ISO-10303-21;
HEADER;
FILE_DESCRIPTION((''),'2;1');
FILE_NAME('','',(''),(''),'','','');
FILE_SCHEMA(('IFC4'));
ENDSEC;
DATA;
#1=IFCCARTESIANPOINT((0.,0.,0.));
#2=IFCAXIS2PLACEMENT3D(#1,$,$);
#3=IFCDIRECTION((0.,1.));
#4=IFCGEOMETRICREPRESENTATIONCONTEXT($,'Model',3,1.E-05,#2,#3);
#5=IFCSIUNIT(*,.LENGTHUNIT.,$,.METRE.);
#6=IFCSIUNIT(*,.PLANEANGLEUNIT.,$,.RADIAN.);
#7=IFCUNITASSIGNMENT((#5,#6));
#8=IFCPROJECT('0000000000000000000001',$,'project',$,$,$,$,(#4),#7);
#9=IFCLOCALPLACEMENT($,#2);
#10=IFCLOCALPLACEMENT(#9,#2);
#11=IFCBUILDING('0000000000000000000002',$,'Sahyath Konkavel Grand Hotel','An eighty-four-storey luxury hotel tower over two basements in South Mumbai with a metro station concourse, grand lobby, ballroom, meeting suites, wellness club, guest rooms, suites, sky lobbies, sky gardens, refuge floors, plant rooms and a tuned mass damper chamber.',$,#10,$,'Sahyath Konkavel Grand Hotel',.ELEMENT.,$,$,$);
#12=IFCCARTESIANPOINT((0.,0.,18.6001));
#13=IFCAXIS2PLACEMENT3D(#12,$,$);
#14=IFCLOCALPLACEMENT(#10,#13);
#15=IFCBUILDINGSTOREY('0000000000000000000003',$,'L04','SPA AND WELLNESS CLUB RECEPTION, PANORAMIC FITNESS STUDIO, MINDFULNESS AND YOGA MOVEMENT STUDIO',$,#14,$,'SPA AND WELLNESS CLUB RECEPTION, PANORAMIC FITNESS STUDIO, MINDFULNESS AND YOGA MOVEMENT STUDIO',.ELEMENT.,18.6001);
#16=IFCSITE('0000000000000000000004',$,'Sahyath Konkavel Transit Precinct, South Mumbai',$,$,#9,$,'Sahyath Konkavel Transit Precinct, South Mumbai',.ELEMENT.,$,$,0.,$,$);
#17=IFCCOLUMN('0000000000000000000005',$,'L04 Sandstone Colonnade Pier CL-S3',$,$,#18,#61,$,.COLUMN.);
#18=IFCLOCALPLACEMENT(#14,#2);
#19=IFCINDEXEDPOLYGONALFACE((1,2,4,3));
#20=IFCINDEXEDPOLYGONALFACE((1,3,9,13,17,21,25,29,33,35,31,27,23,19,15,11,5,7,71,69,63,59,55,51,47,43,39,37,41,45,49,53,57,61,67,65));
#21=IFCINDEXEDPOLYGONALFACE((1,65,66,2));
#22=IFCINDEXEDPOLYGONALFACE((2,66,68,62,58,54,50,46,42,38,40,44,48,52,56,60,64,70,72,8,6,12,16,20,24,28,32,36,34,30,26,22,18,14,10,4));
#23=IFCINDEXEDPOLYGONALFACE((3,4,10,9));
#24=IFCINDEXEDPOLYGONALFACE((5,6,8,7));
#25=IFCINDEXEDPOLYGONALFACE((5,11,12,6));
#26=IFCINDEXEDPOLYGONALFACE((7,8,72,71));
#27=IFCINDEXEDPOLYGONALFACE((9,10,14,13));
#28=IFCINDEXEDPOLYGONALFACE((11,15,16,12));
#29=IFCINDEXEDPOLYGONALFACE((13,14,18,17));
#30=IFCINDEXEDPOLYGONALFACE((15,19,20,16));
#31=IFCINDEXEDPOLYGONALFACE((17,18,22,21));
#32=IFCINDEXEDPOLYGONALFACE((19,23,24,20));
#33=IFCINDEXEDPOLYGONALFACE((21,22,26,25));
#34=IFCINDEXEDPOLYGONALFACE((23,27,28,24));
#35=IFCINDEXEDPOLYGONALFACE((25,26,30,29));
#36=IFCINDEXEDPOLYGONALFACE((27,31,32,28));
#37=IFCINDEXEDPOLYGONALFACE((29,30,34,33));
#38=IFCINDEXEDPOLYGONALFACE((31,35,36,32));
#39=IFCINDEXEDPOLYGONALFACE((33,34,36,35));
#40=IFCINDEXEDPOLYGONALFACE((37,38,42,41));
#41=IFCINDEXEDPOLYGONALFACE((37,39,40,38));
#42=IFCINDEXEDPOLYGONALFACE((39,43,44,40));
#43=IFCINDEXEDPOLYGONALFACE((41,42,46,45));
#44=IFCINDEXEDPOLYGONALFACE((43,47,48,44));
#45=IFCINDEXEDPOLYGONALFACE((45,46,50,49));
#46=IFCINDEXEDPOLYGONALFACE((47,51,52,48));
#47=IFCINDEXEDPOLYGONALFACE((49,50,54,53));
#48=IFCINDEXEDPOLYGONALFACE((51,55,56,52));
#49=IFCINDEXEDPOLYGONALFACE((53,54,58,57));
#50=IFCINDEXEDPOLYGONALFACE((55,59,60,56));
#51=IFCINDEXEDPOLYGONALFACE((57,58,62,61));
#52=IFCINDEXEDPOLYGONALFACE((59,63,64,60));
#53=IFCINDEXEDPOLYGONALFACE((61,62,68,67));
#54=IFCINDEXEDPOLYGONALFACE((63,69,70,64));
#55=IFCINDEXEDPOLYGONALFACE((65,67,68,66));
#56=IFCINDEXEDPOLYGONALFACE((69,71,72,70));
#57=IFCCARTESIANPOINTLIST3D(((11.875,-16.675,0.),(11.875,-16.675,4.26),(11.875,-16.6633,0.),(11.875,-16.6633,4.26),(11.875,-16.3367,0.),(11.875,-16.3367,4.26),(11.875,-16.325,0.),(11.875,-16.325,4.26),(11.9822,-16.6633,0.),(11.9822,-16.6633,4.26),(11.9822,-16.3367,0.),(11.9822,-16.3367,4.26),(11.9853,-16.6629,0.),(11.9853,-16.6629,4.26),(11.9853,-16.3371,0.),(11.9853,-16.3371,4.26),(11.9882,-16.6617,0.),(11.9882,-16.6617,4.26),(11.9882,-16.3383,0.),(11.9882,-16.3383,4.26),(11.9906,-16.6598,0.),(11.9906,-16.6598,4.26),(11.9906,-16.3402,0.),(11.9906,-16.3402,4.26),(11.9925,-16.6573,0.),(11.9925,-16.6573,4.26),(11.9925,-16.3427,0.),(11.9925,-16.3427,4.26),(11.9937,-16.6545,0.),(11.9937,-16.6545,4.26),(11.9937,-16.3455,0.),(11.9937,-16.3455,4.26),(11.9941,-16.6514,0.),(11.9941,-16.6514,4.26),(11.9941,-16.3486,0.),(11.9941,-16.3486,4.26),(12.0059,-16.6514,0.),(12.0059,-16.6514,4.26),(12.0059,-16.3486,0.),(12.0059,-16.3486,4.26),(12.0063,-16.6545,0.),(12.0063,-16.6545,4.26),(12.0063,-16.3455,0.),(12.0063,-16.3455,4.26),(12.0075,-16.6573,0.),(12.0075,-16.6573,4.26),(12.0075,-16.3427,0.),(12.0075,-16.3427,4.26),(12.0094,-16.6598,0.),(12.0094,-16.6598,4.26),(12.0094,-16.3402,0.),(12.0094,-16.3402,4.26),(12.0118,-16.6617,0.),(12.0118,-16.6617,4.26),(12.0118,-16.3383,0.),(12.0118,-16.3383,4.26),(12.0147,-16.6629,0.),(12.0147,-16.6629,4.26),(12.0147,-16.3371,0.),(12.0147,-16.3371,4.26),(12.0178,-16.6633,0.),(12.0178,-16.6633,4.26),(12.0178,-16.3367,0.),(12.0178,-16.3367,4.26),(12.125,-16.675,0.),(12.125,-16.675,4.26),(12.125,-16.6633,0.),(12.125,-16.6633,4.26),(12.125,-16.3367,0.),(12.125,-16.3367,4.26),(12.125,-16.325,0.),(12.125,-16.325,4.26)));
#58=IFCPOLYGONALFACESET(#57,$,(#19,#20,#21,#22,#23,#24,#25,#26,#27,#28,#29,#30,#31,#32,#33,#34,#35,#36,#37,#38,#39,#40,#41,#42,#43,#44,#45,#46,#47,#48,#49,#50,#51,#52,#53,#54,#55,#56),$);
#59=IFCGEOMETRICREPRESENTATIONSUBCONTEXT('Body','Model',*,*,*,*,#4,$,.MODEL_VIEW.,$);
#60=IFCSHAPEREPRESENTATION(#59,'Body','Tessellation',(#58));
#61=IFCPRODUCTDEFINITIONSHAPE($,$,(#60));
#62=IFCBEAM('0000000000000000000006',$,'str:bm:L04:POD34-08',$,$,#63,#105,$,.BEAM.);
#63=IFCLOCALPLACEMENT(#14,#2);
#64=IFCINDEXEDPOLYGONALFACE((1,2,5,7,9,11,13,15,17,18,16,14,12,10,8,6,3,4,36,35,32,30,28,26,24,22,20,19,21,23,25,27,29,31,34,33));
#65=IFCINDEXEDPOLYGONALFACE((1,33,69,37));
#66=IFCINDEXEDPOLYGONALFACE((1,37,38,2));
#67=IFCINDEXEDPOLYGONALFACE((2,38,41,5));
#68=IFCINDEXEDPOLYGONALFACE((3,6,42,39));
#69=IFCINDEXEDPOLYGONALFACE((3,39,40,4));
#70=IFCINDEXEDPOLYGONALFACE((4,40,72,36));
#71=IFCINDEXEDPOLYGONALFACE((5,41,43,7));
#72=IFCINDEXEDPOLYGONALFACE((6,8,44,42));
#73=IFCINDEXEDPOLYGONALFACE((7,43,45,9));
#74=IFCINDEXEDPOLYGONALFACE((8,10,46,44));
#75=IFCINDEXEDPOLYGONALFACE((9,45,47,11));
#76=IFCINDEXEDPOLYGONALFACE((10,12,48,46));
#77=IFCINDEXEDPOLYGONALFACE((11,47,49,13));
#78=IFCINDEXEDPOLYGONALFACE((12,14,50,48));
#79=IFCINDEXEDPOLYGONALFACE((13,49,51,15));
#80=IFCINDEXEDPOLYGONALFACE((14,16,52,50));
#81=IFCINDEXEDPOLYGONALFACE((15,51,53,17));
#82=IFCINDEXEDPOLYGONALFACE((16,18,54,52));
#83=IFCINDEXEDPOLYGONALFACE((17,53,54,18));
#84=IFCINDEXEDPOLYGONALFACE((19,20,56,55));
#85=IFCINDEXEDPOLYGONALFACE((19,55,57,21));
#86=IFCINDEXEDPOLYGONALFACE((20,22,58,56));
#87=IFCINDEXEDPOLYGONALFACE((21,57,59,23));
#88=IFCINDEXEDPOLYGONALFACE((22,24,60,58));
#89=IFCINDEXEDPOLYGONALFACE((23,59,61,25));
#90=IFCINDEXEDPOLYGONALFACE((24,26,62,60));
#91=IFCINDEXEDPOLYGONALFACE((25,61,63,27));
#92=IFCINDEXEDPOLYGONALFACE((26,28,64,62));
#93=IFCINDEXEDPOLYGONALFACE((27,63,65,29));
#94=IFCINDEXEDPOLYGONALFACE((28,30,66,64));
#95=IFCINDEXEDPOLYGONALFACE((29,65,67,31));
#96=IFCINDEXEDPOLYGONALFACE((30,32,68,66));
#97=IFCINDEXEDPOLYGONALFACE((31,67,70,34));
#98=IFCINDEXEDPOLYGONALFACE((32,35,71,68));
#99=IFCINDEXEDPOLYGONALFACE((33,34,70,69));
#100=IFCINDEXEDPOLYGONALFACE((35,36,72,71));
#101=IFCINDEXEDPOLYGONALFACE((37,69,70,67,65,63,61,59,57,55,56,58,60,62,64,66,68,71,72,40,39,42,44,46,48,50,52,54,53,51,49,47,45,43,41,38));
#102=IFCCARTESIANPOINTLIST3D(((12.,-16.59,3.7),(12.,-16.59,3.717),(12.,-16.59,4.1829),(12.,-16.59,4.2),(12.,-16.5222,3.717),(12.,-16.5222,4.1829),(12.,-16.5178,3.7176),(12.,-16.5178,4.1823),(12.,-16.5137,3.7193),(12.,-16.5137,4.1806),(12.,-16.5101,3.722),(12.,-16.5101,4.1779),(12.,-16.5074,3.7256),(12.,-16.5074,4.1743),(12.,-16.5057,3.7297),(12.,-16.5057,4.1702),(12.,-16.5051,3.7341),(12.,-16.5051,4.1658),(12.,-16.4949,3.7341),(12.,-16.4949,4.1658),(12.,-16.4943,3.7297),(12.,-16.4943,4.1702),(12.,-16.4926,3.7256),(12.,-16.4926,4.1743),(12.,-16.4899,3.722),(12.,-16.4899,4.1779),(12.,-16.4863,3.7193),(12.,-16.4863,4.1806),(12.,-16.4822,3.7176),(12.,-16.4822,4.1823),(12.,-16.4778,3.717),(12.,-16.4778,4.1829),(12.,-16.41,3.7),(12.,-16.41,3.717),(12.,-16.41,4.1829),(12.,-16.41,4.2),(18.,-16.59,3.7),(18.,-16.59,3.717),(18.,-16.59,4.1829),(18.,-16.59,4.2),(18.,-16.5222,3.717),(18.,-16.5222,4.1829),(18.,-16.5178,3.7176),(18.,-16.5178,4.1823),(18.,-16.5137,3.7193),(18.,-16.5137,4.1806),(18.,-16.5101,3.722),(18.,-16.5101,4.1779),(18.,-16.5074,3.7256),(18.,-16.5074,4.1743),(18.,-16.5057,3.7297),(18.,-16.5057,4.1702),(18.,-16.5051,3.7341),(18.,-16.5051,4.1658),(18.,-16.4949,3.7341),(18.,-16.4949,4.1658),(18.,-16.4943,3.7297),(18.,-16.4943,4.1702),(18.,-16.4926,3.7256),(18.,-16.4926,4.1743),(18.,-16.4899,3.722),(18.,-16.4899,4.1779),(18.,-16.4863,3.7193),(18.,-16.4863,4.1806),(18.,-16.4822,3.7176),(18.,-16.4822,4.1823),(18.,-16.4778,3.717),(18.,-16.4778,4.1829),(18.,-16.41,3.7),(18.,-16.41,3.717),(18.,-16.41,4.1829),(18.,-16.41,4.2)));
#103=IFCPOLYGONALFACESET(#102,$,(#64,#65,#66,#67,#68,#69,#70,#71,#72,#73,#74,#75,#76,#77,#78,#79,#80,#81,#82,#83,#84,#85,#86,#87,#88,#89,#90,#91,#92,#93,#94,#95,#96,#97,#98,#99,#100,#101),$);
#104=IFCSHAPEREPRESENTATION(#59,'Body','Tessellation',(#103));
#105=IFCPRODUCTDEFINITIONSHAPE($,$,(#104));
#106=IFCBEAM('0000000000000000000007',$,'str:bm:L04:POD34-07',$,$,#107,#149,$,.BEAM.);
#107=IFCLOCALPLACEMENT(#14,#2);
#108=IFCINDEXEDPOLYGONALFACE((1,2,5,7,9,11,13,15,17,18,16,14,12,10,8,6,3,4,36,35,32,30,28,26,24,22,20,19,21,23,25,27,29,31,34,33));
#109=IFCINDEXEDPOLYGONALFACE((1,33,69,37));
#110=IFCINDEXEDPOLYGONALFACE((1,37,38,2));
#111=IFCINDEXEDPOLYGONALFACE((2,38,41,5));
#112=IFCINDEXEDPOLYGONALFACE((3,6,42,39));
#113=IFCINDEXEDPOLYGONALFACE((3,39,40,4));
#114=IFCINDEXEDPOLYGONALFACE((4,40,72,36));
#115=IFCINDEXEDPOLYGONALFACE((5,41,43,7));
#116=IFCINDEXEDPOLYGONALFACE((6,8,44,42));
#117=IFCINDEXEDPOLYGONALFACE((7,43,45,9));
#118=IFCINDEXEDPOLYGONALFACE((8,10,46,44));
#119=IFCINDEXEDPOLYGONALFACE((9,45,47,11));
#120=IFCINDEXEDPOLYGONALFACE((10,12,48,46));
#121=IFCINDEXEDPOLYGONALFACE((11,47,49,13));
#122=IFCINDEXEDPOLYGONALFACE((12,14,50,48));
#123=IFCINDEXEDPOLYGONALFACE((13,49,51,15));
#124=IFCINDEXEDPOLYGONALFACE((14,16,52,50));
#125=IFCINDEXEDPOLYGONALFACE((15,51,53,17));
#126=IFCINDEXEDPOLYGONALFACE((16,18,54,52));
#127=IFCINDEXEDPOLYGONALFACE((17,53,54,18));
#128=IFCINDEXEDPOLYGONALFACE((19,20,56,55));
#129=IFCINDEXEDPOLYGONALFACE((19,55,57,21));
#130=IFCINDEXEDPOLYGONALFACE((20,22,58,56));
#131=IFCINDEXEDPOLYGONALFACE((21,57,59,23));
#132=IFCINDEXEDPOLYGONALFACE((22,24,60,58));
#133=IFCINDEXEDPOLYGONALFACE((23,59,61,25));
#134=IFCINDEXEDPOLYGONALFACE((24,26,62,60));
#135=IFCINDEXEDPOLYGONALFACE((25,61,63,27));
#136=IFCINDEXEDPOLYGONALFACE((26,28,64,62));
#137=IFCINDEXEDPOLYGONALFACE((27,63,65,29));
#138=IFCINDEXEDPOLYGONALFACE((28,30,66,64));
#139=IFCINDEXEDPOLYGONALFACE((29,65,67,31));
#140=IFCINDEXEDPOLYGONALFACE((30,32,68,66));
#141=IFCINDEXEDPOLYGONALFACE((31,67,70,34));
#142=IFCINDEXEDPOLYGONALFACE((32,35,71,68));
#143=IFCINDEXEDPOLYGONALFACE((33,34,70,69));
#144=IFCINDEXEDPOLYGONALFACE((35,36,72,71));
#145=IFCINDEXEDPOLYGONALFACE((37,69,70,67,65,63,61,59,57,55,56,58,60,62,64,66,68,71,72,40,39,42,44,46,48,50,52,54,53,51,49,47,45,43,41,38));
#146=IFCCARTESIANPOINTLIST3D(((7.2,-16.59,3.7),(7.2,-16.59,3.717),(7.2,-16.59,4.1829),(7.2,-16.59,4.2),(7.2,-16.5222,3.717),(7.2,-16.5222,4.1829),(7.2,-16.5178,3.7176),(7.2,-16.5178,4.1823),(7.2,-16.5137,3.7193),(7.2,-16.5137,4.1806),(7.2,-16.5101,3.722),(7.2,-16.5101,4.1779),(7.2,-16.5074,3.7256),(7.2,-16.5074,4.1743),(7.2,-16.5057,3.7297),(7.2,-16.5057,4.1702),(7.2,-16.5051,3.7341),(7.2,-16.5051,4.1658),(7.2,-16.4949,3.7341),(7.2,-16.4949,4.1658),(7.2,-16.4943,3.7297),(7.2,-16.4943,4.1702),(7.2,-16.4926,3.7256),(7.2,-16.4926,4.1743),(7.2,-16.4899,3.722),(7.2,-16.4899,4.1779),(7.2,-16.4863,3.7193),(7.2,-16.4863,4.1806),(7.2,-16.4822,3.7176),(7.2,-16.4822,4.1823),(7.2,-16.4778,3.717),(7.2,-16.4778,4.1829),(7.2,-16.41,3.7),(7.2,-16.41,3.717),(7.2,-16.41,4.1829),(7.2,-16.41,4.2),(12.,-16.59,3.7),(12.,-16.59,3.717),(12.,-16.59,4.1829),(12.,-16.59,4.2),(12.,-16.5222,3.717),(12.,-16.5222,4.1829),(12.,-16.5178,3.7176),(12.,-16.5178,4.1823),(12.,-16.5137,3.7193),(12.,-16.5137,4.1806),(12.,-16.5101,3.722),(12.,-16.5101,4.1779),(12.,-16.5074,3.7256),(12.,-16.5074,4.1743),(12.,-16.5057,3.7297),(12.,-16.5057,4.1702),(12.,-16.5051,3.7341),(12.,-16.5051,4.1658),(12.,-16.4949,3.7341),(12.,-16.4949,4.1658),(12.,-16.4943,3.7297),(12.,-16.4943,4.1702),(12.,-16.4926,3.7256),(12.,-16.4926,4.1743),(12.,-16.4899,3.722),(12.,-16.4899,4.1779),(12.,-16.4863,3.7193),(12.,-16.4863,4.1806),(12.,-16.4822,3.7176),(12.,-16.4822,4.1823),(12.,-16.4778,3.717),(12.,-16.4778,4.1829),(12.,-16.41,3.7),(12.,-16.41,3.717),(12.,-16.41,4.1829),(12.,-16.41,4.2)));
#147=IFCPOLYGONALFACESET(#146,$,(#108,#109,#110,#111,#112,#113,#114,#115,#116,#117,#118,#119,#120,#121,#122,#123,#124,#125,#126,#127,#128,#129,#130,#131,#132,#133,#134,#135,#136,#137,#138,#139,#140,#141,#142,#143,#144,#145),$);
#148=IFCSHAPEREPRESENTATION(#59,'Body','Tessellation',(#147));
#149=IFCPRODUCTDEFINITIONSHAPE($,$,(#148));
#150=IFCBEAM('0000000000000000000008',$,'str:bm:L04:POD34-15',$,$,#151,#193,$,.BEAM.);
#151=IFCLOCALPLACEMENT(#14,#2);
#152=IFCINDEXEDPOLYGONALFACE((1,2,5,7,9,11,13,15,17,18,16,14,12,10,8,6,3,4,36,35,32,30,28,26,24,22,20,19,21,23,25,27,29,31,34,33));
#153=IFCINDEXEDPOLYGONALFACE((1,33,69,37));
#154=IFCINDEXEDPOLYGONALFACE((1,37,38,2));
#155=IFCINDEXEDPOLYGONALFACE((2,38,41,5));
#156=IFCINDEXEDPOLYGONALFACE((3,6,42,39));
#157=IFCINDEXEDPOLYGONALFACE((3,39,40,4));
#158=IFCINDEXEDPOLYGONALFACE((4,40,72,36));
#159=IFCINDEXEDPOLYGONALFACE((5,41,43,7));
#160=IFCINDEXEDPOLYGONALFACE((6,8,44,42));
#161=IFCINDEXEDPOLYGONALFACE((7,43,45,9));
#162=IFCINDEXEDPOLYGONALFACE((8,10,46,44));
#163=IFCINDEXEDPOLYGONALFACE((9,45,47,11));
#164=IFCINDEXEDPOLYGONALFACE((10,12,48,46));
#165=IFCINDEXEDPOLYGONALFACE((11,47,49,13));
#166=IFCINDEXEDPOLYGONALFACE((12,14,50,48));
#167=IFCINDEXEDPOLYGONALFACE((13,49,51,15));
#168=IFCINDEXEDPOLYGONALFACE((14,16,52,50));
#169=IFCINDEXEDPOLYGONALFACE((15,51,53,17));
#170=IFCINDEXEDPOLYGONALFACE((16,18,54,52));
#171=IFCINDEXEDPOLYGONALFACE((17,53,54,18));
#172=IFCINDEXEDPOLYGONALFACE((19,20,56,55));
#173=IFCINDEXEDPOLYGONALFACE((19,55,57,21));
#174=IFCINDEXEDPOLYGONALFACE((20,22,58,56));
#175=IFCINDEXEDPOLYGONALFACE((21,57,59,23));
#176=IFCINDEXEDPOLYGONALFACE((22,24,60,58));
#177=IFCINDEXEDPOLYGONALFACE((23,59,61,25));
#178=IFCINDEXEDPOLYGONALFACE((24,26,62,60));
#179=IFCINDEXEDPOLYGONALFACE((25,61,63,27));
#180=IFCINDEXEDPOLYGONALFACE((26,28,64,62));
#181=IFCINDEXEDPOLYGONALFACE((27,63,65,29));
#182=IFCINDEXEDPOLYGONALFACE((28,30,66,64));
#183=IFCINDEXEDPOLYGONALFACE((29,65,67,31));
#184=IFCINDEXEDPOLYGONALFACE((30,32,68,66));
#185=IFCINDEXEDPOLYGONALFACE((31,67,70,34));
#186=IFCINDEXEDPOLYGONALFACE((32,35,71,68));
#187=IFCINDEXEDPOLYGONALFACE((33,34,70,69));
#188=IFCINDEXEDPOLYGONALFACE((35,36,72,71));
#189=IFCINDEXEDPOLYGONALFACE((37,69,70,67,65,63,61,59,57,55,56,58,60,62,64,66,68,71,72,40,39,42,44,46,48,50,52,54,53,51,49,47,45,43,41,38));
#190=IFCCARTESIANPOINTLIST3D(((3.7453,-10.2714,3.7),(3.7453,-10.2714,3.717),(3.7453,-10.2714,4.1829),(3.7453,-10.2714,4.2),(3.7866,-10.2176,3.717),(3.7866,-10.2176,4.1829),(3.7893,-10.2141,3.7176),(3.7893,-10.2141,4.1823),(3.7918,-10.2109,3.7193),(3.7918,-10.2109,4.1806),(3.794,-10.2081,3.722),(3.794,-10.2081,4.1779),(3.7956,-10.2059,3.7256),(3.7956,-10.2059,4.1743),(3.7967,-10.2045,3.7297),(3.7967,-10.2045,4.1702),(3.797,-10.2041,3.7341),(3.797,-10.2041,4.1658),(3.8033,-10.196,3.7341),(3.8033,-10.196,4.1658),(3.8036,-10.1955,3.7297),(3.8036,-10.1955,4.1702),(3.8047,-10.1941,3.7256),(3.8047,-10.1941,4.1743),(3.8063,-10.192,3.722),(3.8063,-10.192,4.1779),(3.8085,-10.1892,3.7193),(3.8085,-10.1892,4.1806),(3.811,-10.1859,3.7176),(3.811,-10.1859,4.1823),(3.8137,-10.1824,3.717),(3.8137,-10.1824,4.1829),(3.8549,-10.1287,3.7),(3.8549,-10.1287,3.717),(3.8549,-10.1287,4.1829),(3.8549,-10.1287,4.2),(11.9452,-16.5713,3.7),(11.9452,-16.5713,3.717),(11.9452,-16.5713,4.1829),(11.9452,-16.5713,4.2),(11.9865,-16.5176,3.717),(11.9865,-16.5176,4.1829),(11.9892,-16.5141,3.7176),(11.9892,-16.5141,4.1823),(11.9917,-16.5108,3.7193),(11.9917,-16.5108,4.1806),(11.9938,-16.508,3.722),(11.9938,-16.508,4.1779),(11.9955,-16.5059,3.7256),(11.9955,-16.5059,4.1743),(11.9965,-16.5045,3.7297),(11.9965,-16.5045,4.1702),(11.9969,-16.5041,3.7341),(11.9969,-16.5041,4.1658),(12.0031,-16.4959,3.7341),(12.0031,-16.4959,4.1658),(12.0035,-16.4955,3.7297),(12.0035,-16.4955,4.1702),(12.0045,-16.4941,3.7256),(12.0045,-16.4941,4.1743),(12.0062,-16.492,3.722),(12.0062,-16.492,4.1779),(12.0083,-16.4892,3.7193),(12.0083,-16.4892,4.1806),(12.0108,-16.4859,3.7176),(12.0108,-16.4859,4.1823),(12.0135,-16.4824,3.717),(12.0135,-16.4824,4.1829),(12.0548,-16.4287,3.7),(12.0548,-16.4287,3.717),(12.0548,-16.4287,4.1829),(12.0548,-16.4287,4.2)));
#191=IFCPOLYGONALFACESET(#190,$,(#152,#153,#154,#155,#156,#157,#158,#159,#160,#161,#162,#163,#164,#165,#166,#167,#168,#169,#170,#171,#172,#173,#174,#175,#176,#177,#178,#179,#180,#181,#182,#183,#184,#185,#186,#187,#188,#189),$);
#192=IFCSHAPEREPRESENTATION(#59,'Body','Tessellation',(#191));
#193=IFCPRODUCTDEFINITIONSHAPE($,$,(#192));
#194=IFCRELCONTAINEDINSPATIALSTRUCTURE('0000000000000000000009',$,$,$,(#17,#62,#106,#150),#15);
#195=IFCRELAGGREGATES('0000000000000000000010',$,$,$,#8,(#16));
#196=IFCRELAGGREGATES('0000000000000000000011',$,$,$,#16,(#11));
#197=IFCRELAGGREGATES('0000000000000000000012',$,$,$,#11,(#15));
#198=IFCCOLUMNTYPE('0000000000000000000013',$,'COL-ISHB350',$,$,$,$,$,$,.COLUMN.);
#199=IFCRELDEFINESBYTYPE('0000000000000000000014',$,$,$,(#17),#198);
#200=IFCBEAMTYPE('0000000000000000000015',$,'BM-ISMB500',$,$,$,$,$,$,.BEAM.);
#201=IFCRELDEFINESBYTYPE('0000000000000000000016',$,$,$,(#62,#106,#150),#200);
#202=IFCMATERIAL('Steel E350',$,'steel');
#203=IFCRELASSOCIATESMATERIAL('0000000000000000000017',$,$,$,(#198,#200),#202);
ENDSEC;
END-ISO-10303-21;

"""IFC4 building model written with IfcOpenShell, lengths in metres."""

from ifc_helpers import new_model, si_unit, direction, frame, origin, origin_2d, place, context, subcontext, project, spatial, i_section, extrude, source, transform, mapped, material, material_profile, profile_set, type_object, element, save


model = new_model("IFC4")

# Units and contexts
model_context = context("Model", 3, precision=1e-05, world=origin(), true_north=direction((0.0, 1.0)))
body_context = subcontext(model_context, "Body", "Model", "MODEL_VIEW")
ifc_project = project(units=[si_unit("LENGTHUNIT", "METRE"), si_unit("PLANEANGLEUNIT", "RADIAN")], contexts=[model_context])

# Site, building, storey
site_placement = place(None, origin())
site = spatial("IfcSite", under=ifc_project, at=site_placement, Name="Sahyath Konkavel Transit Precinct, South Mumbai", LongName="Sahyath Konkavel Transit Precinct, South Mumbai", CompositionType="ELEMENT", RefElevation=0.0)
building_placement = place(site_placement, origin())
building = spatial("IfcBuilding", under=site, at=building_placement, Name="Sahyath Konkavel Grand Hotel", Description="An eighty-four-storey luxury hotel tower over two basements in South Mumbai with a metro station concourse, grand lobby, ballroom, meeting suites, wellness club, guest rooms, suites, sky lobbies, sky gardens, refuge floors, plant rooms and a tuned mass damper chamber.", LongName="Sahyath Konkavel Grand Hotel", CompositionType="ELEMENT")
storey_placement = place(building_placement, frame((0.0, 0.0, 18.6001)))
storey = spatial("IfcBuildingStorey", under=building, at=storey_placement, Name="L04", Description="SPA AND WELLNESS CLUB RECEPTION, PANORAMIC FITNESS STUDIO, MINDFULNESS AND YOGA MOVEMENT STUDIO", LongName="SPA AND WELLNESS CLUB RECEPTION, PANORAMIC FITNESS STUDIO, MINDFULNESS AND YOGA MOVEMENT STUDIO", CompositionType="ELEMENT", Elevation=18.6001)

# Column
ifc_material_1 = material(Name="Steel E350", Category="steel")
ifc_material_profile_1 = material_profile(ifc_material_1, i_section(OverallWidth=0.25, OverallDepth=0.3501, WebThickness=0.0117, FlangeThickness=0.0117, FilletRadius=0.012, at=origin_2d()), Name="ISHB 350")
ifc_profile_set_1 = profile_set([ifc_material_profile_1], Name="Steel E350")
column_type = type_object("IfcColumnType", Name="COL-ISHB350", PredefinedType="COLUMN", material=ifc_profile_set_1)
shared_shape_1 = source(origin(), body_context, "Body", "SweptSolid", [
    extrude(i_section(OverallWidth=0.25, OverallDepth=0.3501, WebThickness=0.0117, FlangeThickness=0.0117, FilletRadius=0.012, at=origin_2d()), origin(), (0.0, 0.0, 1.0), 4.26),
])
column_placement = place(storey_placement, frame((12.0, -16.5, 0.0), z_axis=(0.0, 0.0, 1.0), x_axis=(1.0, 0.0, 0.0)))
element("IfcColumn", 1, at=column_placement, inside=storey, type_object=column_type, Name="L04 Sandstone Colonnade Pier CL-S3", PredefinedType="COLUMN", context=body_context, shape_type="MappedRepresentation", body=[
    mapped(shared_shape_1, transform((0.0, 0.0, 0.0), scale=1.0)),
])

# Beams
ifc_material_profile_2 = material_profile(ifc_material_1, i_section(OverallWidth=0.1799, OverallDepth=0.5, WebThickness=0.0103, FlangeThickness=0.0171, FilletRadius=0.0171, at=origin_2d()), Name="ISMB 500")
ifc_profile_set_2 = profile_set([ifc_material_profile_2], Name="Steel E350")
beam_type_1 = type_object("IfcBeamType", Name="BM-ISMB500", PredefinedType="BEAM", material=ifc_profile_set_2)
shared_shape_2 = source(origin(), body_context, "Body", "SweptSolid", [
    extrude(i_section(OverallWidth=0.1799, OverallDepth=0.5, WebThickness=0.0103, FlangeThickness=0.0171, FilletRadius=0.0171, at=origin_2d()), origin(), (0.0, 0.0, 1.0), 6.0),
])
beam_1_placement = place(storey_placement, frame((12.0, -16.5, 3.95), z_axis=(1.0, 0.0, 0.0), x_axis=(0.0, 1.0, 0.0)))
element("IfcBeam", 2, at=beam_1_placement, inside=storey, type_object=beam_type_1, Name="str:bm:L04:POD34-08", PredefinedType="BEAM", context=body_context, shape_type="MappedRepresentation", body=[
    mapped(shared_shape_2, transform((0.0, 0.0, 0.0), scale=1.0)),
])
shared_shape_3 = source(origin(), body_context, "Body", "SweptSolid", [
    extrude(i_section(OverallWidth=0.1799, OverallDepth=0.5, WebThickness=0.0103, FlangeThickness=0.0171, FilletRadius=0.0171, at=origin_2d()), origin(), (0.0, 0.0, 1.0), 4.8),
])
beam_2_placement = place(storey_placement, frame((7.2, -16.5, 3.95), z_axis=(1.0, 0.0, 0.0), x_axis=(0.0, 1.0, 0.0)))
element("IfcBeam", 3, at=beam_2_placement, inside=storey, type_object=beam_type_1, Name="str:bm:L04:POD34-07", PredefinedType="BEAM", context=body_context, shape_type="MappedRepresentation", body=[
    mapped(shared_shape_3, transform((0.0, 0.0, 0.0), scale=1.0)),
])
shared_shape_4 = source(origin(), body_context, "Body", "SweptSolid", [
    extrude(i_section(OverallWidth=0.1799, OverallDepth=0.5, WebThickness=0.0103, FlangeThickness=0.0171, FilletRadius=0.0171, at=origin_2d()), origin(), (0.0, 0.0, 1.0), 10.3406),
])
beam_3_placement = place(storey_placement, frame((12.0, -16.5, 3.95), z_axis=(-0.792979, 0.609249, 0.0), x_axis=(-0.609249, -0.792979, 0.0)))
element("IfcBeam", 4, at=beam_3_placement, inside=storey, type_object=beam_type_1, Name="str:bm:L04:POD34-15", PredefinedType="BEAM", context=body_context, shape_type="MappedRepresentation", body=[
    mapped(shared_shape_4, transform((0.0, 0.0, 0.0), scale=1.0)),
])

save(model, "model.ifc")
